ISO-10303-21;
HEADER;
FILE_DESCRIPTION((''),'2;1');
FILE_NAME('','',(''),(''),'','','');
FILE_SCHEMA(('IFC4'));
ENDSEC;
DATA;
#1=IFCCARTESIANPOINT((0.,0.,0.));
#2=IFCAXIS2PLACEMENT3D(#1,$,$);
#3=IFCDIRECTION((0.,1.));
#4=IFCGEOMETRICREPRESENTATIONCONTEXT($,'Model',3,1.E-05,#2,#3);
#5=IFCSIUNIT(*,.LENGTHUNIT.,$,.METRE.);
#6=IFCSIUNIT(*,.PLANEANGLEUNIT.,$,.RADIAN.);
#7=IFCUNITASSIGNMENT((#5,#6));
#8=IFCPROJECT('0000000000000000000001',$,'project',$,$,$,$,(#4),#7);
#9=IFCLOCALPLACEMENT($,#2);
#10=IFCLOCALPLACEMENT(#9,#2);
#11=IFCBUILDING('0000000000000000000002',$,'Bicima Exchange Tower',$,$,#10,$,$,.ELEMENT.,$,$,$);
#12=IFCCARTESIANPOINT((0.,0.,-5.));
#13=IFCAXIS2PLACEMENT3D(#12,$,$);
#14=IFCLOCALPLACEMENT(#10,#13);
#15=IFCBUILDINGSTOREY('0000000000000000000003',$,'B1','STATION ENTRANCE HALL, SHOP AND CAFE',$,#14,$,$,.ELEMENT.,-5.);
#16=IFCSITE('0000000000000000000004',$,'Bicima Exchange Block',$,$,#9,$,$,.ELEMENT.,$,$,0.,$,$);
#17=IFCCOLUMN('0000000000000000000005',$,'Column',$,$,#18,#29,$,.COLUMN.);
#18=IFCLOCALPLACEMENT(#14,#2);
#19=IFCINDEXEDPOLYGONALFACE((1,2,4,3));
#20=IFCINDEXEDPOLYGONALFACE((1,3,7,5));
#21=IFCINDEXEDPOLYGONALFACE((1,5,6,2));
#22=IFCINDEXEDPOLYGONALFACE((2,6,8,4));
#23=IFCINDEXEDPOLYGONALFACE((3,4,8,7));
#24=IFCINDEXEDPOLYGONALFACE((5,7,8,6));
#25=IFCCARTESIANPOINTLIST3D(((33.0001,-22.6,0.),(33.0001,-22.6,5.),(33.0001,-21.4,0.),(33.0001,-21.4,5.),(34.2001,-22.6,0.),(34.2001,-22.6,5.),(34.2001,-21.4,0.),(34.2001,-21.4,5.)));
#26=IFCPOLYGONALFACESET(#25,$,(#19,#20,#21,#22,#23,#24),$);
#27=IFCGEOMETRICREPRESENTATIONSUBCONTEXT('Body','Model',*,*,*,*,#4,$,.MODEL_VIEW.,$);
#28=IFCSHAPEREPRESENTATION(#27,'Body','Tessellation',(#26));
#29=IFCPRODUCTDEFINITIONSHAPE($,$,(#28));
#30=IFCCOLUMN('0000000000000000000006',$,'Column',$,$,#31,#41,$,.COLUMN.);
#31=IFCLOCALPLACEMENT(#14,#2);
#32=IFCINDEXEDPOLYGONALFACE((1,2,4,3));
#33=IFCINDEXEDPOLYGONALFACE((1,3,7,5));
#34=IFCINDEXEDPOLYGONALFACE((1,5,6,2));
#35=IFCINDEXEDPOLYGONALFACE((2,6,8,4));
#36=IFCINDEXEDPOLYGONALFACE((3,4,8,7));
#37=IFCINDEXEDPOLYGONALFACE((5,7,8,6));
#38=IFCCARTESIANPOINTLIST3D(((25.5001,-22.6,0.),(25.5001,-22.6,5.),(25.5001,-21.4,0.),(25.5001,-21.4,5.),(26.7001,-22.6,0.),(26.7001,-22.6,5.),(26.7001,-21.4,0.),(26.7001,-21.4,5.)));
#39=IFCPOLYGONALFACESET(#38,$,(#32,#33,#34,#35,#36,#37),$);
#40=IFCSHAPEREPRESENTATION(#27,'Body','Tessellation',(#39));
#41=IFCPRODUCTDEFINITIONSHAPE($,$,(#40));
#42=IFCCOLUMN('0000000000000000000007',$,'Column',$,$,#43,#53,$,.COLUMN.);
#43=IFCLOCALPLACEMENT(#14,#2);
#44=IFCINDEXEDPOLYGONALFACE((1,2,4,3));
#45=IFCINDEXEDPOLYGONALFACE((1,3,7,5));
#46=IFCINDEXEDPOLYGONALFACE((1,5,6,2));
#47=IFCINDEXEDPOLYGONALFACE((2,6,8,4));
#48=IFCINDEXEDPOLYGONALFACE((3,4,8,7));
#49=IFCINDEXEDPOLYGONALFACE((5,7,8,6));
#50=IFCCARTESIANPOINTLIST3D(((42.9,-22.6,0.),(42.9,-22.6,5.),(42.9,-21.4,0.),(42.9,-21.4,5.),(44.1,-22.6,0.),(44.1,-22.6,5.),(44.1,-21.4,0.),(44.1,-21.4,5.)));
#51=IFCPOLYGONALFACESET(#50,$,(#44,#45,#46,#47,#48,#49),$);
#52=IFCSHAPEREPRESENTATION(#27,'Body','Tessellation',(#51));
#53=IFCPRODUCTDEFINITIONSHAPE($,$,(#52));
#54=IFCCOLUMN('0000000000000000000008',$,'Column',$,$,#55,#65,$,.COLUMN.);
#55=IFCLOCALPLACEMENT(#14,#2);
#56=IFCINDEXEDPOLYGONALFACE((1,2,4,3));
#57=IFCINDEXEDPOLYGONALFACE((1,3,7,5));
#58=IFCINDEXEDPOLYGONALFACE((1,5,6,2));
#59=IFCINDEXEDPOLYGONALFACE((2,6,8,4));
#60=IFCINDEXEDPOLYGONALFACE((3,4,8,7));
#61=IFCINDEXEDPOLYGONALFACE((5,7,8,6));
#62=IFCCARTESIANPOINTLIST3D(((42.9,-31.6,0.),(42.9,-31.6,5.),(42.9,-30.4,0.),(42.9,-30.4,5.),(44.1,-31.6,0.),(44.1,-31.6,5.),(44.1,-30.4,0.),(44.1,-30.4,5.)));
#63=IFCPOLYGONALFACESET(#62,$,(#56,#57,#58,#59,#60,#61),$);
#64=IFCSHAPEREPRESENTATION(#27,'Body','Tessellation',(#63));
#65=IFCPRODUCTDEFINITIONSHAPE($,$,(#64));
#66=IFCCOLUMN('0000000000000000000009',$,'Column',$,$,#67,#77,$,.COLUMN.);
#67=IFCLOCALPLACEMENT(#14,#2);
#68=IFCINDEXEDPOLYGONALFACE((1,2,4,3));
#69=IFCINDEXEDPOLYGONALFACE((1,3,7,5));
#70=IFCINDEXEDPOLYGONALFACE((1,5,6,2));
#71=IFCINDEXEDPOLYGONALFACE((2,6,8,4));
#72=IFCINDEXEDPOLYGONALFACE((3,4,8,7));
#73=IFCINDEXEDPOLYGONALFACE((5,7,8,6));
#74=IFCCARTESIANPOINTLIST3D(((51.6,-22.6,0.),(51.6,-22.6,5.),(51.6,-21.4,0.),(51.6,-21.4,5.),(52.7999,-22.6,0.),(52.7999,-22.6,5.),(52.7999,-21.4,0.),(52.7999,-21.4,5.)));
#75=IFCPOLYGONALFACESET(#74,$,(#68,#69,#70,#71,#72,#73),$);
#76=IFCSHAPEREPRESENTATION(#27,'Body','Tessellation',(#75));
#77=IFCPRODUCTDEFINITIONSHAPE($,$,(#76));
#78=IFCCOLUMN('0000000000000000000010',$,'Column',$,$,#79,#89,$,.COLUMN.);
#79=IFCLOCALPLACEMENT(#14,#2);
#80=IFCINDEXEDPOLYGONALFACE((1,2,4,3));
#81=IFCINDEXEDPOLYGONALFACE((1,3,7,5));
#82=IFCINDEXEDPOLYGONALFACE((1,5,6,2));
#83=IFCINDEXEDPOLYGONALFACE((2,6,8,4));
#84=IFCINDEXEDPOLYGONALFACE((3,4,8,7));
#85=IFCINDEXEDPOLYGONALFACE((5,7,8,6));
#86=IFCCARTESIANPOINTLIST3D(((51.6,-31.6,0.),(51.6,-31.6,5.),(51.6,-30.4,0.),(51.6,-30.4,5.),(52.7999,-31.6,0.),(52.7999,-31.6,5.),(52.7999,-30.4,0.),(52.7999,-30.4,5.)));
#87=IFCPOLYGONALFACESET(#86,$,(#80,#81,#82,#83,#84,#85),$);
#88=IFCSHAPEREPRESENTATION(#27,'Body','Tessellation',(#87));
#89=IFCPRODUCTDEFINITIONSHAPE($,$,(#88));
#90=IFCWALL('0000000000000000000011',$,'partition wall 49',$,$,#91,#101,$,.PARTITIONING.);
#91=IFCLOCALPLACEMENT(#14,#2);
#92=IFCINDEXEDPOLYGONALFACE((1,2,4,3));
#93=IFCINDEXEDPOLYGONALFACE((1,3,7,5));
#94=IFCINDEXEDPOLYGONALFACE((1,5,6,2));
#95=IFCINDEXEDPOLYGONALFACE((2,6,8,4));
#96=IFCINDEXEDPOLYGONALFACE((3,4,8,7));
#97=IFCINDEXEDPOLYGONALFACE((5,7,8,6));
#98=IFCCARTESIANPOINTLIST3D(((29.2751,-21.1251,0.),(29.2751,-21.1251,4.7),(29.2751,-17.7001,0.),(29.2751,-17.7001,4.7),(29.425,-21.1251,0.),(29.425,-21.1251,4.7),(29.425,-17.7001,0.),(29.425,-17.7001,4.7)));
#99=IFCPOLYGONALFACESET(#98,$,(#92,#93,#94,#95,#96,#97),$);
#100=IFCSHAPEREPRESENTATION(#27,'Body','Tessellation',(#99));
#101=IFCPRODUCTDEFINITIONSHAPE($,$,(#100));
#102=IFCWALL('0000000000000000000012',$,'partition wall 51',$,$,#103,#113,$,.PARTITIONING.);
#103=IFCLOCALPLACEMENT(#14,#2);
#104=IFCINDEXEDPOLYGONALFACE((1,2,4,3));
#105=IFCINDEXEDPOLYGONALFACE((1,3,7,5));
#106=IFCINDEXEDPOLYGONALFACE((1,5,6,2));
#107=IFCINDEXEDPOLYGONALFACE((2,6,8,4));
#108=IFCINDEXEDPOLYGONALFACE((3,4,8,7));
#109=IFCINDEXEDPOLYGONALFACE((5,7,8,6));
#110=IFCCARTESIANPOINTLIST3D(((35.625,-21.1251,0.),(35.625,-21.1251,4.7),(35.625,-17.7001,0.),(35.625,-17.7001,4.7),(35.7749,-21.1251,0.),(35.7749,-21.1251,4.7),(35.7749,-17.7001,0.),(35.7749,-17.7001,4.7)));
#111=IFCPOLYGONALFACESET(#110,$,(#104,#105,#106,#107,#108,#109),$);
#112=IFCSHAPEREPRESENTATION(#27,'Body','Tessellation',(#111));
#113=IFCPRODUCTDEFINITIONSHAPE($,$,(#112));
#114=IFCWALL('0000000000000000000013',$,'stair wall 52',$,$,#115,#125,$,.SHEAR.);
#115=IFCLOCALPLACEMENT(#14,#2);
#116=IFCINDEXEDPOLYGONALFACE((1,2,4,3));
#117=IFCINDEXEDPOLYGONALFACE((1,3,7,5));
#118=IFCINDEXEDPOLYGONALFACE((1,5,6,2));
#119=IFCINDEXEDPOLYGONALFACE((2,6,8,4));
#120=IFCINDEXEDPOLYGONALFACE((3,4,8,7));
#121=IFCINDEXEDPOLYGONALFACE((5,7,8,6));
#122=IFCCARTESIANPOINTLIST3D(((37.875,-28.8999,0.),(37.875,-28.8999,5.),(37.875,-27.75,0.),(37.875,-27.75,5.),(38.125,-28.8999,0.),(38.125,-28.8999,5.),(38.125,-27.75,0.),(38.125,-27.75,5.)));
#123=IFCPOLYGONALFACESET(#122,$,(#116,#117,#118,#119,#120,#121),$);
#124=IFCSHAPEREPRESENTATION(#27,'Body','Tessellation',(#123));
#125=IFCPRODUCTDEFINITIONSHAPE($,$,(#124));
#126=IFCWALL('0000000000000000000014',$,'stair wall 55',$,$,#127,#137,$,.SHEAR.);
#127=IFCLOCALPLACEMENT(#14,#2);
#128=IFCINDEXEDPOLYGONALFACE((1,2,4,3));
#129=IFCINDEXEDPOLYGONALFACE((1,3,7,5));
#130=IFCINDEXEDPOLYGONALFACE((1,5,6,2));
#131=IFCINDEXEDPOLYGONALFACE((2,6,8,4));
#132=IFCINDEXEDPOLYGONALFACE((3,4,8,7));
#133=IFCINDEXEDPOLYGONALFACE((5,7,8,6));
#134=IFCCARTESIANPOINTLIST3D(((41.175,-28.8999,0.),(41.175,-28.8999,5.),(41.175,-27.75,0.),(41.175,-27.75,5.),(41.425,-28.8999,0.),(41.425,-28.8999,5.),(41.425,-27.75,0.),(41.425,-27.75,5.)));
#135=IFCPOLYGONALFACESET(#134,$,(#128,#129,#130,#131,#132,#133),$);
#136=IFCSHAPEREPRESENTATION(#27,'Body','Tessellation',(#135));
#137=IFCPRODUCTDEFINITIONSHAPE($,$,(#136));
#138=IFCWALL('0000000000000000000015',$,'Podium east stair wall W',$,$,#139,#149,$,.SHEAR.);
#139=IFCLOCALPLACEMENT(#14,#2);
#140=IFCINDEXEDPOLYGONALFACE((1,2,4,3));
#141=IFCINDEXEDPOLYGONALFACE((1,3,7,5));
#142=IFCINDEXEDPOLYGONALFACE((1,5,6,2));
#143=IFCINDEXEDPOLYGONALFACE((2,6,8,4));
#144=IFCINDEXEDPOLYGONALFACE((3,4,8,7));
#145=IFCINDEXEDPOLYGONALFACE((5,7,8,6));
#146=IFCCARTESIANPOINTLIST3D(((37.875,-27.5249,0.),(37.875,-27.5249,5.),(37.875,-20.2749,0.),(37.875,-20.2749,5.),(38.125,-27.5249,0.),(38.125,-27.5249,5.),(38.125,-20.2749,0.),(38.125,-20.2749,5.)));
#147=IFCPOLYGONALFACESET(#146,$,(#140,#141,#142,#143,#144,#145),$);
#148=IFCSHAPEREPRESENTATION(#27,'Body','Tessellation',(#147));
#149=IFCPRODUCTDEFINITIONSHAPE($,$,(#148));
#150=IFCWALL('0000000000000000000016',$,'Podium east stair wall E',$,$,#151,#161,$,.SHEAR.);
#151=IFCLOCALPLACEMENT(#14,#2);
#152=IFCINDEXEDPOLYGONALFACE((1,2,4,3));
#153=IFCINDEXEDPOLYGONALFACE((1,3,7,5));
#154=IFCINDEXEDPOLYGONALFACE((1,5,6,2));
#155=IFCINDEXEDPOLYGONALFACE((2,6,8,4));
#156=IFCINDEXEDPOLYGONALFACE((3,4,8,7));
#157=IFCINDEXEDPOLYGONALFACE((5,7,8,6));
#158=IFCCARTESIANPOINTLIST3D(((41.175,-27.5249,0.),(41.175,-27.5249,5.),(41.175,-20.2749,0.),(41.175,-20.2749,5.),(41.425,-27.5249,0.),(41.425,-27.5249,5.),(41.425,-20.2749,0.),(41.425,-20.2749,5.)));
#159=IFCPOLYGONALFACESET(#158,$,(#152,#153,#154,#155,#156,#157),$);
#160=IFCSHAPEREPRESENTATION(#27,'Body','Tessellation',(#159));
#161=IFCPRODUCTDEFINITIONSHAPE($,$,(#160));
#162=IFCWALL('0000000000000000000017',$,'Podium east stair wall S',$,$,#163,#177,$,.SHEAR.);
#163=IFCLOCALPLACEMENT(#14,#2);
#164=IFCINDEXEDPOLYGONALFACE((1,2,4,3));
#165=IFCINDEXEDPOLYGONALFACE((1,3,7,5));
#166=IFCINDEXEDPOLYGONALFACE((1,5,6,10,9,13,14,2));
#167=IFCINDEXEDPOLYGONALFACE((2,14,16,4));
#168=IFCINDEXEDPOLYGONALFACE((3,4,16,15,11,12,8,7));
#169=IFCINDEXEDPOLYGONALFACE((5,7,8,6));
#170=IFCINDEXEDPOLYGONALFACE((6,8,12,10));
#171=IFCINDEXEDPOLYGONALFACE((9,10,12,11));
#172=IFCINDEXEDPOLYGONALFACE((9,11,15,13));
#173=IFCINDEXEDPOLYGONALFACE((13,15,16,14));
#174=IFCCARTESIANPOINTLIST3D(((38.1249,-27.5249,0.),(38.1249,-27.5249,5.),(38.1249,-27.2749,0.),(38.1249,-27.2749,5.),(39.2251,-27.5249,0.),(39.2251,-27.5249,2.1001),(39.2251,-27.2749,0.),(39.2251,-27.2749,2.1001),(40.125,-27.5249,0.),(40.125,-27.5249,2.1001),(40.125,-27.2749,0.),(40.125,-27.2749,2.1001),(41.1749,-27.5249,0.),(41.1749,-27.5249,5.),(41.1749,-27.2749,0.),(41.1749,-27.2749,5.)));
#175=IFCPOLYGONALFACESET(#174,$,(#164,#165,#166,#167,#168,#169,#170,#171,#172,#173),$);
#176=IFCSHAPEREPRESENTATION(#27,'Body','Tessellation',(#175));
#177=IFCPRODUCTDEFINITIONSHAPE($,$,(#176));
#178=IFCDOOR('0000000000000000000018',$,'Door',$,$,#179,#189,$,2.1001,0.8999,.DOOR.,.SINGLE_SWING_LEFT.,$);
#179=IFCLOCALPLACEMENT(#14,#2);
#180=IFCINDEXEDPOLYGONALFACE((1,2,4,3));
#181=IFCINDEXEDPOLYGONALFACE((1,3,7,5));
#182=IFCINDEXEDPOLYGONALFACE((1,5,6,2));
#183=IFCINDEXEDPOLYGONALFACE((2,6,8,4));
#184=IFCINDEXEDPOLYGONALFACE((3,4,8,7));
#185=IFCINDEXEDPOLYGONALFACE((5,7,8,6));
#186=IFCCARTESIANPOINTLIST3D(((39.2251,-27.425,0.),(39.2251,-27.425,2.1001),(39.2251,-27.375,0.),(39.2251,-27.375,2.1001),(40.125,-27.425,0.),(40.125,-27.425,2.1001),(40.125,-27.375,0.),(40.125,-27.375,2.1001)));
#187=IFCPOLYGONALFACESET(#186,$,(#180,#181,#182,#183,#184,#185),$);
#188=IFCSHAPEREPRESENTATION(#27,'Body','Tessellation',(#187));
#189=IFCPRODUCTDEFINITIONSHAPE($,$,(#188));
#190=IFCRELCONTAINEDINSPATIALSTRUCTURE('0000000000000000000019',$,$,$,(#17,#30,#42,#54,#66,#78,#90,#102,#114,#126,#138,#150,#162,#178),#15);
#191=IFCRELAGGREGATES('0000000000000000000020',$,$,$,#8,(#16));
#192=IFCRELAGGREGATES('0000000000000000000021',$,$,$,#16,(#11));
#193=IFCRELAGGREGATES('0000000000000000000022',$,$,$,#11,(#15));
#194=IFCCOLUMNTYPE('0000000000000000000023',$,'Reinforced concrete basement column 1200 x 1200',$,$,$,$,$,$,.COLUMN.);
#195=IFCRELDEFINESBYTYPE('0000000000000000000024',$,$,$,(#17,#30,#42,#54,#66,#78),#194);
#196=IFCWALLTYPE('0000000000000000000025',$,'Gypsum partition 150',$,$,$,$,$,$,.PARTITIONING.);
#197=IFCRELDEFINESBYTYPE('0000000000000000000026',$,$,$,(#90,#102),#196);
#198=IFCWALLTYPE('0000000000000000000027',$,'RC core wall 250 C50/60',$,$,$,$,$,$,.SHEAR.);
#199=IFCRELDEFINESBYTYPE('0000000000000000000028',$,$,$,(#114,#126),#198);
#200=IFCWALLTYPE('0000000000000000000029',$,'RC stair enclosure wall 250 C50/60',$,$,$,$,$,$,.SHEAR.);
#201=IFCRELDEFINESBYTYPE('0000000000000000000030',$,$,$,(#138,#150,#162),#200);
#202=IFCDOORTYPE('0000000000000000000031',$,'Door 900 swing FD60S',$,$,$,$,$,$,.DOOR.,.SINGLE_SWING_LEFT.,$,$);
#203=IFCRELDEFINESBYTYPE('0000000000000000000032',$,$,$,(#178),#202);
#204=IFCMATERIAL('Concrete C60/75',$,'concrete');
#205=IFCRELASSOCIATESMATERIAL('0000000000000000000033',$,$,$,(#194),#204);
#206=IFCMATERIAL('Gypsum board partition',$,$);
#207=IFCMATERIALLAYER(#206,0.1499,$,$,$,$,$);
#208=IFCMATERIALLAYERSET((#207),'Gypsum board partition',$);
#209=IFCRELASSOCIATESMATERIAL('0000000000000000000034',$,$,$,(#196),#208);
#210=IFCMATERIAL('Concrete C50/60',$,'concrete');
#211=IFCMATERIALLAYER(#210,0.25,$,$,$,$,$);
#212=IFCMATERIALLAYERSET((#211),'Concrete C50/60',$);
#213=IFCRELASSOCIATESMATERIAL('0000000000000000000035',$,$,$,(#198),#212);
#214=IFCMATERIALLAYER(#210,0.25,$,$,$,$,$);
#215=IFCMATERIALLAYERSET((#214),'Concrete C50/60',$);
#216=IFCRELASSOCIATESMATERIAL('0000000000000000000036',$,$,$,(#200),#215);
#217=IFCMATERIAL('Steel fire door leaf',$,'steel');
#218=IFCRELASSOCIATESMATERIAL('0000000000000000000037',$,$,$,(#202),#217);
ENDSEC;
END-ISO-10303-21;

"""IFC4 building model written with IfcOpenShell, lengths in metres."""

from ifc_helpers import new_model, si_unit, direction, frame, frame_2d, origin, origin_2d, place, context, subcontext, project, spatial, rectangle, extrude, material, layer, layer_set, material_profile, profile_set, type_object, element, fill, save


model = new_model("IFC4")

# Units and contexts
model_context = context("Model", 3, precision=1e-05, world=origin(), true_north=direction((0.0, 1.0)))
body_context = subcontext(model_context, "Body", "Model", "MODEL_VIEW")
ifc_project = project(units=[si_unit("LENGTHUNIT", "METRE"), si_unit("PLANEANGLEUNIT", "RADIAN")], contexts=[model_context])

# Site, building, storey
site_placement = place(None, origin())
site = spatial("IfcSite", under=ifc_project, at=site_placement, Name="Bicima Exchange Block", CompositionType="ELEMENT", RefElevation=0.0)
building_placement = place(site_placement, origin())
building = spatial("IfcBuilding", under=site, at=building_placement, Name="Bicima Exchange Tower", CompositionType="ELEMENT")
storey_placement = place(building_placement, frame((0.0, 0.0, -5.0)))
storey = spatial("IfcBuildingStorey", under=building, at=storey_placement, Name="B1", Description="STATION ENTRANCE HALL, SHOP AND CAFE", CompositionType="ELEMENT", Elevation=-5.0)

# Columns
ifc_material_1 = material(Name="Concrete C60/75", Category="concrete")
ifc_material_profile = material_profile(ifc_material_1, rectangle(XDim=1.2, YDim=1.2, at=origin_2d()))
ifc_profile_set = profile_set([ifc_material_profile], Name="Concrete C60/75")
column_type = type_object("IfcColumnType", Name="Reinforced concrete basement column 1200 x 1200", PredefinedType="COLUMN", material=ifc_profile_set)
for number, where, z_axis, x_axis, name in (
    (1, (33.6001, -22.0, 0.0), (0.0, 0.0, 1.0), (1.0, 0.0, 0.0), "Column"),
    (2, (26.1001, -22.0, 0.0), (0.0, 0.0, 1.0), (1.0, 0.0, 0.0), "Column"),
    (3, (43.5, -22.0, 0.0), (0.0, 0.0, 1.0), (1.0, 0.0, 0.0), "Column"),
    (4, (43.5, -31.0, 0.0), (0.0, 0.0, 1.0), (1.0, 0.0, 0.0), "Column"),
    (5, (52.2, -22.0, 0.0), (0.0, 0.0, 1.0), (1.0, 0.0, 0.0), "Column"),
    (6, (52.2, -31.0, 0.0), (0.0, 0.0, 1.0), (1.0, 0.0, 0.0), "Column"),
):
    element("IfcColumn", number, at=place(storey_placement, frame(where, z_axis=z_axis, x_axis=x_axis)), inside=storey, type_object=column_type, Name=name, PredefinedType="COLUMN", context=body_context, shape_type="SweptSolid", body=[
        extrude(rectangle(XDim=1.2, YDim=1.2, at=origin_2d()), origin(), (0.0, 0.0, 1.0), 5.0),
    ])

# Walls
ifc_material_2 = material(Name="Gypsum board partition")
ifc_layer_1 = layer(ifc_material_2, 0.1499)
ifc_layer_set_1 = layer_set([ifc_layer_1], Name="Gypsum board partition")
wall_type_1 = type_object("IfcWallType", Name="Gypsum partition 150", PredefinedType="PARTITIONING", material=ifc_layer_set_1)
for number, where, z_axis, x_axis, name in (
    (7, (29.3501, -21.125, 0.0), (0.0, 0.0, 1.0), (0.0, 1.0, 0.0), "partition wall 49"),
    (8, (35.7, -21.125, 0.0), (0.0, 0.0, 1.0), (0.0, 1.0, 0.0), "partition wall 51"),
):
    element("IfcWall", number, at=place(storey_placement, frame(where, z_axis=z_axis, x_axis=x_axis)), inside=storey, type_object=wall_type_1, Name=name, PredefinedType="PARTITIONING", context=body_context, shape_type="SweptSolid", body=[
        extrude(rectangle(XDim=3.425, YDim=0.1499, at=frame_2d((1.7124, 0.0))), origin(), (0.0, 0.0, 1.0), 4.7),
    ])
ifc_material_3 = material(Name="Concrete C50/60", Category="concrete")
ifc_layer_2 = layer(ifc_material_3, 0.25)
ifc_layer_set_2 = layer_set([ifc_layer_2], Name="Concrete C50/60")
wall_type_2 = type_object("IfcWallType", Name="RC core wall 250 C50/60", PredefinedType="SHEAR", material=ifc_layer_set_2)
for number, where, z_axis, x_axis, name in (
    (9, (38.0, -28.8999, 0.0), (0.0, 0.0, 1.0), (0.0, 1.0, 0.0), "stair wall 52"),
    (10, (41.3, -28.8999, 0.0), (0.0, 0.0, 1.0), (0.0, 1.0, 0.0), "stair wall 55"),
):
    element("IfcWall", number, at=place(storey_placement, frame(where, z_axis=z_axis, x_axis=x_axis)), inside=storey, type_object=wall_type_2, Name=name, PredefinedType="SHEAR", context=body_context, shape_type="SweptSolid", body=[
        extrude(rectangle(XDim=1.1499, YDim=0.25, at=frame_2d((0.575, 0.0))), origin(), (0.0, 0.0, 1.0), 5.0),
    ])
ifc_layer_3 = layer(ifc_material_3, 0.25)
ifc_layer_set_3 = layer_set([ifc_layer_3], Name="Concrete C50/60")
wall_type_3 = type_object("IfcWallType", Name="RC stair enclosure wall 250 C50/60", PredefinedType="SHEAR", material=ifc_layer_set_3)
for number, where, z_axis, x_axis, name in (
    (11, (38.0, -27.5249, 0.0), (0.0, 0.0, 1.0), (0.0, 1.0, 0.0), "Podium east stair wall W"),
    (12, (41.3, -27.5249, 0.0), (0.0, 0.0, 1.0), (0.0, 1.0, 0.0), "Podium east stair wall E"),
):
    element("IfcWall", number, at=place(storey_placement, frame(where, z_axis=z_axis, x_axis=x_axis)), inside=storey, type_object=wall_type_3, Name=name, PredefinedType="SHEAR", context=body_context, shape_type="SweptSolid", body=[
        extrude(rectangle(XDim=7.25, YDim=0.25, at=frame_2d((3.625, 0.0))), origin(), (0.0, 0.0, 1.0), 5.0),
    ])

# Wall, opening, door
wall_placement = place(storey_placement, frame((38.125, -27.3999, 0.0), z_axis=(0.0, 0.0, 1.0), x_axis=(1.0, 0.0, 0.0)))
wall = element("IfcWall", 13, at=wall_placement, inside=storey, type_object=wall_type_3, Name="Podium east stair wall S", PredefinedType="SHEAR", context=body_context, shape_type="SweptSolid", body=[
    extrude(rectangle(XDim=3.05, YDim=0.25, at=frame_2d((1.5249, 0.0))), origin(), (0.0, 0.0, 1.0), 5.0),
])
opening_placement = place(wall_placement, frame((1.1001, 0.0, 0.0)))
opening = element("IfcOpeningElement", 14, at=opening_placement, cuts=wall, PredefinedType="OPENING", context=body_context, shape_type="SweptSolid", body=[
    extrude(rectangle(XDim=0.8999, YDim=2.1001, at=frame_2d((0.45, 1.05))), frame((0.0, 0.137, 0.0), z_axis=(0.0, -1.0, 0.0), x_axis=(1.0, 0.0, 0.0)), (0.0, 0.0, 1.0), 0.2739),
])
ifc_material_4 = material(Name="Steel fire door leaf", Category="steel")
door_type = type_object("IfcDoorType", Name="Door 900 swing FD60S", OperationType="SINGLE_SWING_LEFT", PredefinedType="DOOR", material=ifc_material_4)
door_placement = place(opening_placement, origin())
door = element("IfcDoor", 15, at=door_placement, inside=storey, type_object=door_type, Name="Door", OperationType="SINGLE_SWING_LEFT", OverallHeight=2.1001, OverallWidth=0.8999, PredefinedType="DOOR", context=body_context, shape_type="SweptSolid", body=[
    extrude(rectangle(XDim=0.8999, YDim=2.1001, at=frame_2d((0.45, 1.05))), frame((0.0, 0.0249, 0.0), z_axis=(0.0, -1.0, 0.0), x_axis=(1.0, 0.0, 0.0)), (0.0, 0.0, 1.0), 0.05),
])
fill(opening, door)

save(model, "model.ifc")
